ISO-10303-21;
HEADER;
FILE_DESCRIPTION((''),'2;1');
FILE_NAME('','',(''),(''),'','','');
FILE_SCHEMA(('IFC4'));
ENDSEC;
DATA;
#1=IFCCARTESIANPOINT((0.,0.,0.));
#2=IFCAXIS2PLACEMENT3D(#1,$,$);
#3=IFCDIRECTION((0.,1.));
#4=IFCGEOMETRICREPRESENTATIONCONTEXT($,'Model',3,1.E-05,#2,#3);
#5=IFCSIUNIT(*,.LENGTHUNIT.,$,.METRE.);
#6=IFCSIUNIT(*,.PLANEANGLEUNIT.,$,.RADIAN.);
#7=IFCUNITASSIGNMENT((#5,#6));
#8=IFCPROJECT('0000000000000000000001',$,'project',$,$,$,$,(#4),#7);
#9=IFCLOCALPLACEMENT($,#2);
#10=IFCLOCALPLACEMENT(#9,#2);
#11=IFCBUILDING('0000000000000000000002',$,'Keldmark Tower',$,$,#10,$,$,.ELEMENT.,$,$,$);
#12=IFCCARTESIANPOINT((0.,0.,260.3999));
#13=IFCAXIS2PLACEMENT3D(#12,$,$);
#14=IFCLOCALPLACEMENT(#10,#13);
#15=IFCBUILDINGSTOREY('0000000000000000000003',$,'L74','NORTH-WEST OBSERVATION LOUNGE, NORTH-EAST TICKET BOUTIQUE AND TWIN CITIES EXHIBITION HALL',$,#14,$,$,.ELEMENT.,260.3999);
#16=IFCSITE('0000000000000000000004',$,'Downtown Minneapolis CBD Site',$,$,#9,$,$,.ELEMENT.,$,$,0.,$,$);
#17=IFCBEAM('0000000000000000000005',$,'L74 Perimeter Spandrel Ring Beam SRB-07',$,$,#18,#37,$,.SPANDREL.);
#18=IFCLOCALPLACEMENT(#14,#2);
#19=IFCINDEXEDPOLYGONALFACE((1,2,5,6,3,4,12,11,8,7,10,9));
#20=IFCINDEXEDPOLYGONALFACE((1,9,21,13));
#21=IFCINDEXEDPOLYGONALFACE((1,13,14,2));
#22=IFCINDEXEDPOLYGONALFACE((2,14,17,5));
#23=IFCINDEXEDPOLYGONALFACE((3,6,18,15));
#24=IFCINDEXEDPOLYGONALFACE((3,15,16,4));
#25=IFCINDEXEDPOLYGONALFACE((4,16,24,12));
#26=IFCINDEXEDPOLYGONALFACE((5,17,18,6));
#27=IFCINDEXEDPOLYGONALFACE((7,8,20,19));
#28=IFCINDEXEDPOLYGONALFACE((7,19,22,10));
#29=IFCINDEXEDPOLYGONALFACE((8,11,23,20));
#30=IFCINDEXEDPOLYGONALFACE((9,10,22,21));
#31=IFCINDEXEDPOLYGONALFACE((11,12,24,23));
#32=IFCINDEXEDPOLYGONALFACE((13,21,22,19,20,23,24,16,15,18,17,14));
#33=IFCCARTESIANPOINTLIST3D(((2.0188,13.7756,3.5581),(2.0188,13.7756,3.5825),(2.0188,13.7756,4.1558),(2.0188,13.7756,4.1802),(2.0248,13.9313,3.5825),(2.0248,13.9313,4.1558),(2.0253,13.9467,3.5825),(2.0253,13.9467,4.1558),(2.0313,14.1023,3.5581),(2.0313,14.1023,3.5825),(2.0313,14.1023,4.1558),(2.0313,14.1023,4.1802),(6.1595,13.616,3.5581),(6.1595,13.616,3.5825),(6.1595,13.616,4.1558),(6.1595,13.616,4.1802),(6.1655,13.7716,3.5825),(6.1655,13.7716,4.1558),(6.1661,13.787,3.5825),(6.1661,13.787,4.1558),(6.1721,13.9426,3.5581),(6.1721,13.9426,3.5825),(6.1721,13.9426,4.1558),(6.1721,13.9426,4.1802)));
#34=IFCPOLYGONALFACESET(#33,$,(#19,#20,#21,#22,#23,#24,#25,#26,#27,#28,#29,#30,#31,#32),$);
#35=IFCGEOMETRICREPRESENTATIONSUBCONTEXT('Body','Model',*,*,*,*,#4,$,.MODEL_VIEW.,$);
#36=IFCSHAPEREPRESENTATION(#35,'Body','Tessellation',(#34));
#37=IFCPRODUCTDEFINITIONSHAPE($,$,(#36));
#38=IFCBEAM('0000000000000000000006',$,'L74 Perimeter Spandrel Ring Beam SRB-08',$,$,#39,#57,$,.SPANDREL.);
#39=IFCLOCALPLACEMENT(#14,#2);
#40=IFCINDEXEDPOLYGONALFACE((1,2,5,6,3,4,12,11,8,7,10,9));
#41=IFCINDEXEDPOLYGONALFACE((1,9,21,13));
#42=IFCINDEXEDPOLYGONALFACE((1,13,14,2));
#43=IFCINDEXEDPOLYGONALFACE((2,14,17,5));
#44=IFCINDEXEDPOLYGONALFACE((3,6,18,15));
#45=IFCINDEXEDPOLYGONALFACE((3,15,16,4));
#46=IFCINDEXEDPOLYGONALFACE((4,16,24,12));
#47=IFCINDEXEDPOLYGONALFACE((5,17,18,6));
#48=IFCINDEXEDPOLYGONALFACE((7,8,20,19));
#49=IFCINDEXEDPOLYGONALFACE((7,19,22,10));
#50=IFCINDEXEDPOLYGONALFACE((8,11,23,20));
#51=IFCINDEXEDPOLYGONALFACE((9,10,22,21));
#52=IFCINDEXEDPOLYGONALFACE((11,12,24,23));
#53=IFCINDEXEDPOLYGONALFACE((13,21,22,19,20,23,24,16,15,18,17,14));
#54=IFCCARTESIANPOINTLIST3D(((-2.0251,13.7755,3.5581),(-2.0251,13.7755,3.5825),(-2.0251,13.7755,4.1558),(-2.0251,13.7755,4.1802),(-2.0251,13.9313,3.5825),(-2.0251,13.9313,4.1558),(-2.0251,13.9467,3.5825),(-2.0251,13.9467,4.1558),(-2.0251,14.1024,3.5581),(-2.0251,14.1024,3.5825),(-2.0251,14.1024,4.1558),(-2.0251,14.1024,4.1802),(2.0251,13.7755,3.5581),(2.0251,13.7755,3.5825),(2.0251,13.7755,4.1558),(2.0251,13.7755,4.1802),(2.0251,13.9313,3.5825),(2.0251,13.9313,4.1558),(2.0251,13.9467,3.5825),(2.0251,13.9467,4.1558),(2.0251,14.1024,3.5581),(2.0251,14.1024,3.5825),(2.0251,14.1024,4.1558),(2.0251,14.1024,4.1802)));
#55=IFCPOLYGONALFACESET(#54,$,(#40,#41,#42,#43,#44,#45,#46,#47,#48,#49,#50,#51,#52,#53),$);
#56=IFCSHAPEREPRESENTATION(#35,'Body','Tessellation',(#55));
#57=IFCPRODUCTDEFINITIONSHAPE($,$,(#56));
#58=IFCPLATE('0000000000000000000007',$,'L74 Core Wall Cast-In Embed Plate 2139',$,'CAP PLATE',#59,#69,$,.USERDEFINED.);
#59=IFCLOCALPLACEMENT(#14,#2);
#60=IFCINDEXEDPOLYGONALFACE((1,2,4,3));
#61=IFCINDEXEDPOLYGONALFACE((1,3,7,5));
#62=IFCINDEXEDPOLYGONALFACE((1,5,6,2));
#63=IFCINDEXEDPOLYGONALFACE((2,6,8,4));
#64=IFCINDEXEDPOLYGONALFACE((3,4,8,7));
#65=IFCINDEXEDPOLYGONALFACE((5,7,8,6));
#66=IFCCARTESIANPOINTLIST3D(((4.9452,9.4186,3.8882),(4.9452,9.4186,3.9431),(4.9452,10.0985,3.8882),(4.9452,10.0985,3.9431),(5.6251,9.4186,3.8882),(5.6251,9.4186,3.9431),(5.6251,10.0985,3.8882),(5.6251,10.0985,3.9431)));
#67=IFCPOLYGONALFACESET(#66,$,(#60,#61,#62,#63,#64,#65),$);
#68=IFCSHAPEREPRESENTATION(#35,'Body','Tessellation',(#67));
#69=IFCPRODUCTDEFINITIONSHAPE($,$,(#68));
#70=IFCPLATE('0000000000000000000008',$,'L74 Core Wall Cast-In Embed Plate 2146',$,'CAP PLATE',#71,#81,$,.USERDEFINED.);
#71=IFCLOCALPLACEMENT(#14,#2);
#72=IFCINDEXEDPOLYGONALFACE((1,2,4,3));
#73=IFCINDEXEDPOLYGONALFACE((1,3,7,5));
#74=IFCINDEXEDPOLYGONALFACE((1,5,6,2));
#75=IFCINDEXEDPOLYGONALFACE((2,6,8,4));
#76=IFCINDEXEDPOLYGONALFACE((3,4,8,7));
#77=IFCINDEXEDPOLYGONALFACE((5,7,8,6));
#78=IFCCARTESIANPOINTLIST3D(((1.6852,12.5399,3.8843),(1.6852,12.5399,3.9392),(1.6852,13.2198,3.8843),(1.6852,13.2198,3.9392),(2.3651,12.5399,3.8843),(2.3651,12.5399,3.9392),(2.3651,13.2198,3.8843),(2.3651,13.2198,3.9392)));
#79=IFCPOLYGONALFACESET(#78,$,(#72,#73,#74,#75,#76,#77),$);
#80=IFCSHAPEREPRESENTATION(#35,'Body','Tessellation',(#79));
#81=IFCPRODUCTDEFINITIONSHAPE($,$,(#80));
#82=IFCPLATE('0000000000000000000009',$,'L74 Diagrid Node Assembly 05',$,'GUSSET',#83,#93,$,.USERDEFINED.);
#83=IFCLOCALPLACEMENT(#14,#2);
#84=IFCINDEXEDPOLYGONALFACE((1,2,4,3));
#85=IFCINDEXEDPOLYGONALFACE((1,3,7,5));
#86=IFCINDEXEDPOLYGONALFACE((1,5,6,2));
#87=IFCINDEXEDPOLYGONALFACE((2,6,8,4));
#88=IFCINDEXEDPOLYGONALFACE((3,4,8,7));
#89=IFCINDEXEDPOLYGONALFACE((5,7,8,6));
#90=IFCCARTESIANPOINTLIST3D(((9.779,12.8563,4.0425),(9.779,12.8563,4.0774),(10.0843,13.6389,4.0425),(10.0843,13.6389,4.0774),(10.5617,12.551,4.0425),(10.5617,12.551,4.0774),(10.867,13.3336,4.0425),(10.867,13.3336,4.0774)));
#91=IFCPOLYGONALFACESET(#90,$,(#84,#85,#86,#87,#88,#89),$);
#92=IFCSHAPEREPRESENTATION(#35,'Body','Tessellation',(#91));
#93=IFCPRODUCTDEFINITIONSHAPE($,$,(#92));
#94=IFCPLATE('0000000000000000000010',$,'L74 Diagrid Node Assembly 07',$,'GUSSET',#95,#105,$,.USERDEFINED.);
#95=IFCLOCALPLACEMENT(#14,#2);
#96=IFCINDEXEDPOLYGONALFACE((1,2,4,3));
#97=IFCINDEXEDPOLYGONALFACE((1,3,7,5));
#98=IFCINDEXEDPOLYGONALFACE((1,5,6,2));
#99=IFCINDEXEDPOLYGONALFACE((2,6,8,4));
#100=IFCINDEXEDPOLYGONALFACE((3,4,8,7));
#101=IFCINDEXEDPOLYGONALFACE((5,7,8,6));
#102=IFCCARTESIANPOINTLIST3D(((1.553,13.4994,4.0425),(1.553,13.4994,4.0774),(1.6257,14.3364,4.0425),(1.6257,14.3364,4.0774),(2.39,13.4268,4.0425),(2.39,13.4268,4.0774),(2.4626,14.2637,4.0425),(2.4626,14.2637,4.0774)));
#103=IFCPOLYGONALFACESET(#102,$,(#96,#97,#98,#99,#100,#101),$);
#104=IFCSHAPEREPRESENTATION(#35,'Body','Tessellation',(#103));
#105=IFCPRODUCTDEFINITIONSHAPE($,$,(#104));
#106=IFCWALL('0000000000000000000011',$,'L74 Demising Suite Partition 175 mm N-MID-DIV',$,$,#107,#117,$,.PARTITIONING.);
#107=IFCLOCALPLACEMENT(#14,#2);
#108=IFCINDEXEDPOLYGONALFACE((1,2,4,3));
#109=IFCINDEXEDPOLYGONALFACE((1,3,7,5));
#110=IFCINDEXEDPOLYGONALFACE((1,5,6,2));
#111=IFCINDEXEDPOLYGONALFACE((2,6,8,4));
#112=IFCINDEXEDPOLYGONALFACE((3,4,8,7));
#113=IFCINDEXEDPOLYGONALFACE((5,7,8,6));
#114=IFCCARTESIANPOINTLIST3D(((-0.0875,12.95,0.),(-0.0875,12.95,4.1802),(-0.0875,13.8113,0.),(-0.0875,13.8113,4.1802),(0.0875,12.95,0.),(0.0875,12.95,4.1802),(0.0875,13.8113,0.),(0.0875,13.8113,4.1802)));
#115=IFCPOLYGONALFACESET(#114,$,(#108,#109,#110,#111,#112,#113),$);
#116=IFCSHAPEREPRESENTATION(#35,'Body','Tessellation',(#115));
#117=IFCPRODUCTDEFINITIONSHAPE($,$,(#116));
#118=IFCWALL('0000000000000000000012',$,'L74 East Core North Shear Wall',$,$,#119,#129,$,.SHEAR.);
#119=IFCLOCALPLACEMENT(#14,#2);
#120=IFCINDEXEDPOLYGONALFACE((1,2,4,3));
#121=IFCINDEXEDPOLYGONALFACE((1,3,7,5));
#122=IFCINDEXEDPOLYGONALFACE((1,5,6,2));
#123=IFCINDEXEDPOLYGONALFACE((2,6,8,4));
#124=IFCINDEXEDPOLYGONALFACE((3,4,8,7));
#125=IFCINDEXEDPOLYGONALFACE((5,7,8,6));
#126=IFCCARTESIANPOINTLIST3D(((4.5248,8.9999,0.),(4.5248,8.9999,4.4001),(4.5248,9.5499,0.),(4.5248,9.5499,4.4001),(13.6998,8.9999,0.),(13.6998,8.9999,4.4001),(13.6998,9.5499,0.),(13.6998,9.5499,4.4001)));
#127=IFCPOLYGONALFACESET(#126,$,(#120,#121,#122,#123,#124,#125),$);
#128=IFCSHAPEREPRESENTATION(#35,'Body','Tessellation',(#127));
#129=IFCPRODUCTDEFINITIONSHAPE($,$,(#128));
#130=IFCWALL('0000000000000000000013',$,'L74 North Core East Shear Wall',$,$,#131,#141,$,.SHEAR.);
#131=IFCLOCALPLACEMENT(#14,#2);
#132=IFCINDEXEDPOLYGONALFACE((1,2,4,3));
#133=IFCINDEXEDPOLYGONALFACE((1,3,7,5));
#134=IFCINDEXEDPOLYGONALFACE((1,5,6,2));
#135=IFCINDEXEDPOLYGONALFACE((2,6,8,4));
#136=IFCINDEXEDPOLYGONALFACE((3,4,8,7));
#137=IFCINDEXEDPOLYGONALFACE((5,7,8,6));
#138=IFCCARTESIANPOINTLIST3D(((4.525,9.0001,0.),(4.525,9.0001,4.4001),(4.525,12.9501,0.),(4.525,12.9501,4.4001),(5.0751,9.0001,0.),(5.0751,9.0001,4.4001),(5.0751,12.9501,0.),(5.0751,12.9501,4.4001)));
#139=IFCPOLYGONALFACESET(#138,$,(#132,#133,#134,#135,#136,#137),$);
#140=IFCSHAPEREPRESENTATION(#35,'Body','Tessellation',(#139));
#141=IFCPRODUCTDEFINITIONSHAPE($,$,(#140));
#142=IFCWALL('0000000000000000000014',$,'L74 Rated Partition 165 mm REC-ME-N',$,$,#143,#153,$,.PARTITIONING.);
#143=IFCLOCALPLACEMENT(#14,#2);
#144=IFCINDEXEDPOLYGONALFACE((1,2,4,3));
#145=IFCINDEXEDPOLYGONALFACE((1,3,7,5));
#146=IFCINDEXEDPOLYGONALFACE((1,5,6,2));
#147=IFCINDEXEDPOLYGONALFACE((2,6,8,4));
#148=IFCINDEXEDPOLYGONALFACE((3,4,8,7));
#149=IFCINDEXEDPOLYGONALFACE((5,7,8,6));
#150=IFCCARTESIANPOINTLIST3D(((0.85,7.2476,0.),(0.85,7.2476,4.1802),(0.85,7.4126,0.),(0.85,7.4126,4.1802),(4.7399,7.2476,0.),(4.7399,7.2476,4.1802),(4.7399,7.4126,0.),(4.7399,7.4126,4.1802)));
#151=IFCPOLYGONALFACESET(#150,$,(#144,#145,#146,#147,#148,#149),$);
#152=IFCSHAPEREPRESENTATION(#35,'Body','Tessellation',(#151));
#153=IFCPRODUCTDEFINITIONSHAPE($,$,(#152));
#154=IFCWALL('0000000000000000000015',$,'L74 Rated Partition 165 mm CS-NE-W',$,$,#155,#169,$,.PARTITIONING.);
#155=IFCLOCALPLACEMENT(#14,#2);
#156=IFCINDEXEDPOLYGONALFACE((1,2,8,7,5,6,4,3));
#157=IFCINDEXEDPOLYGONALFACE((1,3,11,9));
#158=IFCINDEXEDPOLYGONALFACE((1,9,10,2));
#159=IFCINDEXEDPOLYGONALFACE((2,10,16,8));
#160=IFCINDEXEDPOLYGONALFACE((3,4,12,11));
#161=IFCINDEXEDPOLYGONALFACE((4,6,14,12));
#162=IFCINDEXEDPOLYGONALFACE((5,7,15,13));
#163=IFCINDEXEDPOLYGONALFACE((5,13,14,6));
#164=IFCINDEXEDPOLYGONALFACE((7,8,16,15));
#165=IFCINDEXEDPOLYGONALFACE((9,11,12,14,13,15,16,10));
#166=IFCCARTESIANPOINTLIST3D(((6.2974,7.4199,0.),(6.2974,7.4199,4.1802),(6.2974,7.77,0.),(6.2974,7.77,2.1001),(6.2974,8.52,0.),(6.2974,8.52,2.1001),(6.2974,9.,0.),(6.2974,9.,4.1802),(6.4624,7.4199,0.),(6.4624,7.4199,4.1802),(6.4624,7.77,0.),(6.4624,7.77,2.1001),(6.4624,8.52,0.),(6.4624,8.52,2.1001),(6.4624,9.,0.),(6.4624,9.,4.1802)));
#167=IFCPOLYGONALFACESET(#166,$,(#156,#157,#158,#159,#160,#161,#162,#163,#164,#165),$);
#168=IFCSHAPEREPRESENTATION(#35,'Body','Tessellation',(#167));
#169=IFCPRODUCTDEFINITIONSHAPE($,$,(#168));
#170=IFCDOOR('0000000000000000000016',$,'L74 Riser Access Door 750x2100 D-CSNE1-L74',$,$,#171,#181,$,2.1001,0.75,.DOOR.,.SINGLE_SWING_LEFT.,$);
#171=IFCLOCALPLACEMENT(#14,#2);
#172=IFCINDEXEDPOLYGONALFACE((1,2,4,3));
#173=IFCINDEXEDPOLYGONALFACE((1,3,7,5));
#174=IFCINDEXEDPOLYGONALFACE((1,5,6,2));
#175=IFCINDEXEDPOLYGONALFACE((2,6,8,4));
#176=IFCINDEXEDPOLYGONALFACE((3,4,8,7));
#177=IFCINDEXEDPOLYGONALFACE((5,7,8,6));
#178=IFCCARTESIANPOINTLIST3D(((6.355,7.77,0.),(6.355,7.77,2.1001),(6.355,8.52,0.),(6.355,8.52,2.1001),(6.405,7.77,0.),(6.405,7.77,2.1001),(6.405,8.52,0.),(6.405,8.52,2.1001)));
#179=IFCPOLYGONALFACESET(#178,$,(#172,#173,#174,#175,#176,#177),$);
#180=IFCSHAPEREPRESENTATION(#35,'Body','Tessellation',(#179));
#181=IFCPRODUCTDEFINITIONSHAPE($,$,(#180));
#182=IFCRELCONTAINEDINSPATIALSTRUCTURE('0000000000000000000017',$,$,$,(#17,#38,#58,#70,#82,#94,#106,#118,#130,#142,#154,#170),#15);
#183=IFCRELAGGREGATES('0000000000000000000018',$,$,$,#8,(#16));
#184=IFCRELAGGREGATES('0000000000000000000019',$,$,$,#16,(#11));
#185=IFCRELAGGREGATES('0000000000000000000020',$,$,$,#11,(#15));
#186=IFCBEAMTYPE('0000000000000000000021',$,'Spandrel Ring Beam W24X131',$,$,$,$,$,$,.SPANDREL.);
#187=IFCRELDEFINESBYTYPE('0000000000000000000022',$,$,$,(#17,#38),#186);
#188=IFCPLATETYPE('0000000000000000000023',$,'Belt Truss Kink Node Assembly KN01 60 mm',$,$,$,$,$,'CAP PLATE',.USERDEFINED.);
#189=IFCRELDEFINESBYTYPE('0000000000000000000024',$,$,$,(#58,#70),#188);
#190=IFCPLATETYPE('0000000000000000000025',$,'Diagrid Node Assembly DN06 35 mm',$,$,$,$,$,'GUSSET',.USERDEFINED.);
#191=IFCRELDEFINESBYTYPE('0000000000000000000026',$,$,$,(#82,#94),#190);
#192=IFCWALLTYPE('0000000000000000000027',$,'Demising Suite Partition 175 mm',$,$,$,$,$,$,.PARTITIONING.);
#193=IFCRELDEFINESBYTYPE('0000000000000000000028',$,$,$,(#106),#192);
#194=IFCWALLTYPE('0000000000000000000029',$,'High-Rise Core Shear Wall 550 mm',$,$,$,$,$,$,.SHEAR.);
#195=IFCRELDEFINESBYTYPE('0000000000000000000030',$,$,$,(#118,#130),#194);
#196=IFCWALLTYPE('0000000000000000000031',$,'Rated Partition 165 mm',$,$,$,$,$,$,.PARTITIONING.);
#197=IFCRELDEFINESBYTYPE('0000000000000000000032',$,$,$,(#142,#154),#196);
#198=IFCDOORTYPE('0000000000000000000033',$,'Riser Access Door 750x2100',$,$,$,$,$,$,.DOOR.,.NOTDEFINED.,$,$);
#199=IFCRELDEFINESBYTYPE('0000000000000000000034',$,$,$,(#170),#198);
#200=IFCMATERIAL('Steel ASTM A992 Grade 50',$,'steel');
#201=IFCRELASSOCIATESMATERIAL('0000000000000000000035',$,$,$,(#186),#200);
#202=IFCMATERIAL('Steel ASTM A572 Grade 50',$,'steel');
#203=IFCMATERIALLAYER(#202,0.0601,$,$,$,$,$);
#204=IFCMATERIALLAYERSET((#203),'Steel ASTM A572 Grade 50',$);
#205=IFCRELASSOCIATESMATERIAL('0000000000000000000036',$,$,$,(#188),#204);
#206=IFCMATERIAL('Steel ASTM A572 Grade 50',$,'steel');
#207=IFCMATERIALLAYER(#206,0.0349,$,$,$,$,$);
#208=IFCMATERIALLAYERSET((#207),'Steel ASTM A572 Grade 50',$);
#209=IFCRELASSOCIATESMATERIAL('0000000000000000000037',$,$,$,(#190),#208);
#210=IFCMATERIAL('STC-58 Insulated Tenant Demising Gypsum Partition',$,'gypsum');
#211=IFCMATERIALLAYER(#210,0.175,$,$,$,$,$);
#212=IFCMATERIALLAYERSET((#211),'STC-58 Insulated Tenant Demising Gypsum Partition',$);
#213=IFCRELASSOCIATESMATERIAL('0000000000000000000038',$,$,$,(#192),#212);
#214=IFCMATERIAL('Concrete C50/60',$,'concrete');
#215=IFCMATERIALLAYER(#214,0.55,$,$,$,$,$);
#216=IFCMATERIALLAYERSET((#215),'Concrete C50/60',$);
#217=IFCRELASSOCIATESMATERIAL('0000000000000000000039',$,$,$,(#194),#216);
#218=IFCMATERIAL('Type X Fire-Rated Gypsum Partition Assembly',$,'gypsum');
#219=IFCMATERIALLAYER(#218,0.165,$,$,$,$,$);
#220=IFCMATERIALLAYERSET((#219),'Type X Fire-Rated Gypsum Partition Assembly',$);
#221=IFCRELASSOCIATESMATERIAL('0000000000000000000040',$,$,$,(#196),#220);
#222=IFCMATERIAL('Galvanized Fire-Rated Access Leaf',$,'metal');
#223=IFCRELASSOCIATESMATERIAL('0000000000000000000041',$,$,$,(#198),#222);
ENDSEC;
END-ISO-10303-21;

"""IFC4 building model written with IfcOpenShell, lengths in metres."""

from ifc_helpers import new_model, si_unit, direction, frame, frame_2d, origin, origin_2d, place, context, subcontext, project, spatial, rectangle, i_section, extrude, material, layer, layer_set, material_profile, profile_set, type_object, element, fill, save


model = new_model("IFC4")

# Units and contexts
model_context = context("Model", 3, precision=1e-05, world=origin(), true_north=direction((0.0, 1.0)))
body_context = subcontext(model_context, "Body", "Model", "MODEL_VIEW")
ifc_project = project(units=[si_unit("LENGTHUNIT", "METRE"), si_unit("PLANEANGLEUNIT", "RADIAN")], contexts=[model_context])

# Site, building, storey
site_placement = place(None, origin())
site = spatial("IfcSite", under=ifc_project, at=site_placement, Name="Downtown Minneapolis CBD Site", CompositionType="ELEMENT", RefElevation=0.0)
building_placement = place(site_placement, origin())
building = spatial("IfcBuilding", under=site, at=building_placement, Name="Keldmark Tower", CompositionType="ELEMENT")
storey_placement = place(building_placement, frame((0.0, 0.0, 260.3999)))
storey = spatial("IfcBuildingStorey", under=building, at=storey_placement, Name="L74", Description="NORTH-WEST OBSERVATION LOUNGE, NORTH-EAST TICKET BOUTIQUE AND TWIN CITIES EXHIBITION HALL", CompositionType="ELEMENT", Elevation=260.3999)

# Beams
ifc_material_1 = material(Name="Steel ASTM A992 Grade 50", Category="steel")
ifc_material_profile_1 = material_profile(ifc_material_1, i_section(OverallWidth=0.3269, OverallDepth=0.6221, WebThickness=0.0154, FlangeThickness=0.0244, at=origin_2d()), Name="W24X131")
ifc_profile_set_1 = profile_set([ifc_material_profile_1], Name="Steel ASTM A992 Grade 50")
beam_type_1 = type_object("IfcBeamType", Name="Spandrel Ring Beam W24X131", PredefinedType="SPANDREL", material=ifc_profile_set_1)
beam_1_placement = place(storey_placement, frame((6.1658, 13.7793, 3.8691), z_axis=(-0.999257, 0.038533, 0.0), x_axis=(-0.038533, -0.999257, 0.0)))
element("IfcBeam", 1, at=beam_1_placement, inside=storey, type_object=beam_type_1, Name="L74 Perimeter Spandrel Ring Beam SRB-07", PredefinedType="SPANDREL", context=body_context, shape_type="SweptSolid", body=[
    extrude(i_section(OverallWidth=0.3269, OverallDepth=0.6221, WebThickness=0.0154, FlangeThickness=0.0244, at=origin_2d()), origin(), (0.0, 0.0, 1.0), 4.1438),
])
beam_2_placement = place(storey_placement, frame((2.0251, 13.939, 3.8691), z_axis=(-1.0, 0.0, 0.0), x_axis=(0.0, -1.0, 0.0)))
element("IfcBeam", 2, at=beam_2_placement, inside=storey, type_object=beam_type_1, Name="L74 Perimeter Spandrel Ring Beam SRB-08", PredefinedType="SPANDREL", context=body_context, shape_type="SweptSolid", body=[
    extrude(i_section(OverallWidth=0.3269, OverallDepth=0.6221, WebThickness=0.0154, FlangeThickness=0.0244, at=origin_2d()), origin(), (0.0, 0.0, 1.0), 4.0503),
])

# Plates
ifc_material_2 = material(Name="Steel ASTM A572 Grade 50", Category="steel")
ifc_layer_1 = layer(ifc_material_2, 0.0601)
ifc_layer_set_1 = layer_set([ifc_layer_1], Name="Steel ASTM A572 Grade 50")
plate_type_1 = type_object("IfcPlateType", Name="Belt Truss Kink Node Assembly KN01 60 mm", ElementType="CAP PLATE", PredefinedType="USERDEFINED", material=ifc_layer_set_1)
for number, where, z_axis, x_axis, name in (
    (3, (5.2852, 9.7585, 3.8882), (0.0, 0.0, 1.0), (1.0, 0.0, 0.0), "L74 Core Wall Cast-In Embed Plate 2139"),
    (4, (2.0251, 12.8799, 3.8843), (0.0, 0.0, 1.0), (1.0, 0.0, 0.0), "L74 Core Wall Cast-In Embed Plate 2146"),
):
    element("IfcPlate", number, at=place(storey_placement, frame(where, z_axis=z_axis, x_axis=x_axis)), inside=storey, type_object=plate_type_1, Name=name, ObjectType="CAP PLATE", PredefinedType="USERDEFINED", context=body_context, shape_type="SweptSolid", body=[
        extrude(rectangle(XDim=0.6799, YDim=0.6799, at=origin_2d()), origin(), (0.0, 0.0, 1.0), 0.0549),
    ])
ifc_material_3 = material(Name="Steel ASTM A572 Grade 50", Category="steel")
ifc_layer_2 = layer(ifc_material_3, 0.0349)
ifc_layer_set_2 = layer_set([ifc_layer_2], Name="Steel ASTM A572 Grade 50")
plate_type_2 = type_object("IfcPlateType", Name="Diagrid Node Assembly DN06 35 mm", ElementType="GUSSET", PredefinedType="USERDEFINED", material=ifc_layer_set_2)
for number, where, z_axis, x_axis, name in (
    (5, (10.323, 13.095, 4.0425), (0.0, 0.0, 1.0), (-0.931628, 0.363414, 0.0), "L74 Diagrid Node Assembly 05"),
    (6, (2.0078, 13.8816, 4.0425), (0.0, 0.0, 1.0), (-0.996255, 0.08646, 0.0), "L74 Diagrid Node Assembly 07"),
):
    element("IfcPlate", number, at=place(storey_placement, frame(where, z_axis=z_axis, x_axis=x_axis)), inside=storey, type_object=plate_type_2, Name=name, ObjectType="GUSSET", PredefinedType="USERDEFINED", context=body_context, shape_type="SweptSolid", body=[
        extrude(rectangle(XDim=0.8401, YDim=0.8401, at=origin_2d()), origin(), (0.0, 0.0, 1.0), 0.0349),
    ])

# Walls
ifc_material_4 = material(Name="STC-58 Insulated Tenant Demising Gypsum Partition", Category="gypsum")
ifc_layer_3 = layer(ifc_material_4, 0.175)
ifc_layer_set_3 = layer_set([ifc_layer_3], Name="STC-58 Insulated Tenant Demising Gypsum Partition")
wall_type_1 = type_object("IfcWallType", Name="Demising Suite Partition 175 mm", PredefinedType="PARTITIONING", material=ifc_layer_set_3)
wall_1_placement = place(storey_placement, frame((0.0, 12.95, 0.0), z_axis=(0.0, 0.0, 1.0), x_axis=(0.0, 1.0, 0.0)))
element("IfcWall", 7, at=wall_1_placement, inside=storey, type_object=wall_type_1, Name="L74 Demising Suite Partition 175 mm N-MID-DIV", PredefinedType="PARTITIONING", context=body_context, shape_type="SweptSolid", body=[
    extrude(rectangle(XDim=0.8613, YDim=0.175, at=frame_2d((0.4307, 0.0))), origin(), (0.0, 0.0, 1.0), 4.1802),
])
ifc_material_5 = material(Name="Concrete C50/60", Category="concrete")
ifc_layer_4 = layer(ifc_material_5, 0.55)
ifc_layer_set_4 = layer_set([ifc_layer_4], Name="Concrete C50/60")
wall_type_2 = type_object("IfcWallType", Name="High-Rise Core Shear Wall 550 mm", PredefinedType="SHEAR", material=ifc_layer_set_4)
wall_2_placement = place(storey_placement, frame((4.5249, 9.2749, 0.0), z_axis=(0.0, 0.0, 1.0), x_axis=(1.0, 0.0, 0.0)))
element("IfcWall", 8, at=wall_2_placement, inside=storey, type_object=wall_type_2, Name="L74 East Core North Shear Wall", PredefinedType="SHEAR", context=body_context, shape_type="SweptSolid", body=[
    extrude(rectangle(XDim=9.175, YDim=0.55, at=frame_2d((4.5874, 0.0))), origin(), (0.0, 0.0, 1.0), 4.4001),
])
wall_3_placement = place(storey_placement, frame((4.8, 9.0, 0.0), z_axis=(0.0, 0.0, 1.0), x_axis=(0.0, 1.0, 0.0)))
element("IfcWall", 9, at=wall_3_placement, inside=storey, type_object=wall_type_2, Name="L74 North Core East Shear Wall", PredefinedType="SHEAR", context=body_context, shape_type="SweptSolid", body=[
    extrude(rectangle(XDim=3.95, YDim=0.55, at=frame_2d((1.9751, 0.0))), origin(), (0.0, 0.0, 1.0), 4.4001),
])
ifc_material_6 = material(Name="Type X Fire-Rated Gypsum Partition Assembly", Category="gypsum")
ifc_layer_5 = layer(ifc_material_6, 0.165)
ifc_layer_set_5 = layer_set([ifc_layer_5], Name="Type X Fire-Rated Gypsum Partition Assembly")
wall_type_3 = type_object("IfcWallType", Name="Rated Partition 165 mm", PredefinedType="PARTITIONING", material=ifc_layer_set_5)
wall_4_placement = place(storey_placement, frame((0.8501, 7.3301, 0.0), z_axis=(0.0, 0.0, 1.0), x_axis=(1.0, 0.0, 0.0)))
element("IfcWall", 10, at=wall_4_placement, inside=storey, type_object=wall_type_3, Name="L74 Rated Partition 165 mm REC-ME-N", PredefinedType="PARTITIONING", context=body_context, shape_type="SweptSolid", body=[
    extrude(rectangle(XDim=3.8899, YDim=0.165, at=frame_2d((1.9448, 0.0))), origin(), (0.0, 0.0, 1.0), 4.1802),
])

# Wall, opening, door
wall_5_placement = place(storey_placement, frame((6.3799, 7.4199, 0.0), z_axis=(0.0, 0.0, 1.0), x_axis=(0.0, 1.0, 0.0)))
wall_5 = element("IfcWall", 11, at=wall_5_placement, inside=storey, type_object=wall_type_3, Name="L74 Rated Partition 165 mm CS-NE-W", PredefinedType="PARTITIONING", context=body_context, shape_type="SweptSolid", body=[
    extrude(rectangle(XDim=1.5801, YDim=0.165, at=frame_2d((0.79, 0.0))), origin(), (0.0, 0.0, 1.0), 4.1802),
])
opening_1_placement = place(wall_5_placement, frame((0.3501, 0.0, 0.0)))
opening_1 = element("IfcOpeningElement", 12, at=opening_1_placement, cuts=wall_5, PredefinedType="OPENING", context=body_context, shape_type="SweptSolid", body=[
    extrude(rectangle(XDim=0.75, YDim=2.1001, at=frame_2d((0.375, 1.05))), frame((0.0, 0.0925, 0.0), z_axis=(0.0, -1.0, 0.0), x_axis=(1.0, 0.0, 0.0)), (0.0, 0.0, 1.0), 0.1851),
])
ifc_material_7 = material(Name="Galvanized Fire-Rated Access Leaf", Category="metal")
door_type = type_object("IfcDoorType", Name="Riser Access Door 750x2100", OperationType="NOTDEFINED", PredefinedType="DOOR", material=ifc_material_7)
door_placement = place(opening_1_placement, origin())
door = element("IfcDoor", 13, at=door_placement, inside=storey, type_object=door_type, Name="L74 Riser Access Door 750x2100 D-CSNE1-L74", OperationType="SINGLE_SWING_LEFT", OverallHeight=2.1001, OverallWidth=0.75, PredefinedType="DOOR", context=body_context, shape_type="SweptSolid", body=[
    extrude(rectangle(XDim=0.75, YDim=2.1001, at=frame_2d((0.375, 1.05))), frame((0.0, 0.0249, 0.0), z_axis=(0.0, -1.0, 0.0), x_axis=(1.0, 0.0, 0.0)), (0.0, 0.0, 1.0), 0.05),
])
fill(opening_1, door)

save(model, "model.ifc")
